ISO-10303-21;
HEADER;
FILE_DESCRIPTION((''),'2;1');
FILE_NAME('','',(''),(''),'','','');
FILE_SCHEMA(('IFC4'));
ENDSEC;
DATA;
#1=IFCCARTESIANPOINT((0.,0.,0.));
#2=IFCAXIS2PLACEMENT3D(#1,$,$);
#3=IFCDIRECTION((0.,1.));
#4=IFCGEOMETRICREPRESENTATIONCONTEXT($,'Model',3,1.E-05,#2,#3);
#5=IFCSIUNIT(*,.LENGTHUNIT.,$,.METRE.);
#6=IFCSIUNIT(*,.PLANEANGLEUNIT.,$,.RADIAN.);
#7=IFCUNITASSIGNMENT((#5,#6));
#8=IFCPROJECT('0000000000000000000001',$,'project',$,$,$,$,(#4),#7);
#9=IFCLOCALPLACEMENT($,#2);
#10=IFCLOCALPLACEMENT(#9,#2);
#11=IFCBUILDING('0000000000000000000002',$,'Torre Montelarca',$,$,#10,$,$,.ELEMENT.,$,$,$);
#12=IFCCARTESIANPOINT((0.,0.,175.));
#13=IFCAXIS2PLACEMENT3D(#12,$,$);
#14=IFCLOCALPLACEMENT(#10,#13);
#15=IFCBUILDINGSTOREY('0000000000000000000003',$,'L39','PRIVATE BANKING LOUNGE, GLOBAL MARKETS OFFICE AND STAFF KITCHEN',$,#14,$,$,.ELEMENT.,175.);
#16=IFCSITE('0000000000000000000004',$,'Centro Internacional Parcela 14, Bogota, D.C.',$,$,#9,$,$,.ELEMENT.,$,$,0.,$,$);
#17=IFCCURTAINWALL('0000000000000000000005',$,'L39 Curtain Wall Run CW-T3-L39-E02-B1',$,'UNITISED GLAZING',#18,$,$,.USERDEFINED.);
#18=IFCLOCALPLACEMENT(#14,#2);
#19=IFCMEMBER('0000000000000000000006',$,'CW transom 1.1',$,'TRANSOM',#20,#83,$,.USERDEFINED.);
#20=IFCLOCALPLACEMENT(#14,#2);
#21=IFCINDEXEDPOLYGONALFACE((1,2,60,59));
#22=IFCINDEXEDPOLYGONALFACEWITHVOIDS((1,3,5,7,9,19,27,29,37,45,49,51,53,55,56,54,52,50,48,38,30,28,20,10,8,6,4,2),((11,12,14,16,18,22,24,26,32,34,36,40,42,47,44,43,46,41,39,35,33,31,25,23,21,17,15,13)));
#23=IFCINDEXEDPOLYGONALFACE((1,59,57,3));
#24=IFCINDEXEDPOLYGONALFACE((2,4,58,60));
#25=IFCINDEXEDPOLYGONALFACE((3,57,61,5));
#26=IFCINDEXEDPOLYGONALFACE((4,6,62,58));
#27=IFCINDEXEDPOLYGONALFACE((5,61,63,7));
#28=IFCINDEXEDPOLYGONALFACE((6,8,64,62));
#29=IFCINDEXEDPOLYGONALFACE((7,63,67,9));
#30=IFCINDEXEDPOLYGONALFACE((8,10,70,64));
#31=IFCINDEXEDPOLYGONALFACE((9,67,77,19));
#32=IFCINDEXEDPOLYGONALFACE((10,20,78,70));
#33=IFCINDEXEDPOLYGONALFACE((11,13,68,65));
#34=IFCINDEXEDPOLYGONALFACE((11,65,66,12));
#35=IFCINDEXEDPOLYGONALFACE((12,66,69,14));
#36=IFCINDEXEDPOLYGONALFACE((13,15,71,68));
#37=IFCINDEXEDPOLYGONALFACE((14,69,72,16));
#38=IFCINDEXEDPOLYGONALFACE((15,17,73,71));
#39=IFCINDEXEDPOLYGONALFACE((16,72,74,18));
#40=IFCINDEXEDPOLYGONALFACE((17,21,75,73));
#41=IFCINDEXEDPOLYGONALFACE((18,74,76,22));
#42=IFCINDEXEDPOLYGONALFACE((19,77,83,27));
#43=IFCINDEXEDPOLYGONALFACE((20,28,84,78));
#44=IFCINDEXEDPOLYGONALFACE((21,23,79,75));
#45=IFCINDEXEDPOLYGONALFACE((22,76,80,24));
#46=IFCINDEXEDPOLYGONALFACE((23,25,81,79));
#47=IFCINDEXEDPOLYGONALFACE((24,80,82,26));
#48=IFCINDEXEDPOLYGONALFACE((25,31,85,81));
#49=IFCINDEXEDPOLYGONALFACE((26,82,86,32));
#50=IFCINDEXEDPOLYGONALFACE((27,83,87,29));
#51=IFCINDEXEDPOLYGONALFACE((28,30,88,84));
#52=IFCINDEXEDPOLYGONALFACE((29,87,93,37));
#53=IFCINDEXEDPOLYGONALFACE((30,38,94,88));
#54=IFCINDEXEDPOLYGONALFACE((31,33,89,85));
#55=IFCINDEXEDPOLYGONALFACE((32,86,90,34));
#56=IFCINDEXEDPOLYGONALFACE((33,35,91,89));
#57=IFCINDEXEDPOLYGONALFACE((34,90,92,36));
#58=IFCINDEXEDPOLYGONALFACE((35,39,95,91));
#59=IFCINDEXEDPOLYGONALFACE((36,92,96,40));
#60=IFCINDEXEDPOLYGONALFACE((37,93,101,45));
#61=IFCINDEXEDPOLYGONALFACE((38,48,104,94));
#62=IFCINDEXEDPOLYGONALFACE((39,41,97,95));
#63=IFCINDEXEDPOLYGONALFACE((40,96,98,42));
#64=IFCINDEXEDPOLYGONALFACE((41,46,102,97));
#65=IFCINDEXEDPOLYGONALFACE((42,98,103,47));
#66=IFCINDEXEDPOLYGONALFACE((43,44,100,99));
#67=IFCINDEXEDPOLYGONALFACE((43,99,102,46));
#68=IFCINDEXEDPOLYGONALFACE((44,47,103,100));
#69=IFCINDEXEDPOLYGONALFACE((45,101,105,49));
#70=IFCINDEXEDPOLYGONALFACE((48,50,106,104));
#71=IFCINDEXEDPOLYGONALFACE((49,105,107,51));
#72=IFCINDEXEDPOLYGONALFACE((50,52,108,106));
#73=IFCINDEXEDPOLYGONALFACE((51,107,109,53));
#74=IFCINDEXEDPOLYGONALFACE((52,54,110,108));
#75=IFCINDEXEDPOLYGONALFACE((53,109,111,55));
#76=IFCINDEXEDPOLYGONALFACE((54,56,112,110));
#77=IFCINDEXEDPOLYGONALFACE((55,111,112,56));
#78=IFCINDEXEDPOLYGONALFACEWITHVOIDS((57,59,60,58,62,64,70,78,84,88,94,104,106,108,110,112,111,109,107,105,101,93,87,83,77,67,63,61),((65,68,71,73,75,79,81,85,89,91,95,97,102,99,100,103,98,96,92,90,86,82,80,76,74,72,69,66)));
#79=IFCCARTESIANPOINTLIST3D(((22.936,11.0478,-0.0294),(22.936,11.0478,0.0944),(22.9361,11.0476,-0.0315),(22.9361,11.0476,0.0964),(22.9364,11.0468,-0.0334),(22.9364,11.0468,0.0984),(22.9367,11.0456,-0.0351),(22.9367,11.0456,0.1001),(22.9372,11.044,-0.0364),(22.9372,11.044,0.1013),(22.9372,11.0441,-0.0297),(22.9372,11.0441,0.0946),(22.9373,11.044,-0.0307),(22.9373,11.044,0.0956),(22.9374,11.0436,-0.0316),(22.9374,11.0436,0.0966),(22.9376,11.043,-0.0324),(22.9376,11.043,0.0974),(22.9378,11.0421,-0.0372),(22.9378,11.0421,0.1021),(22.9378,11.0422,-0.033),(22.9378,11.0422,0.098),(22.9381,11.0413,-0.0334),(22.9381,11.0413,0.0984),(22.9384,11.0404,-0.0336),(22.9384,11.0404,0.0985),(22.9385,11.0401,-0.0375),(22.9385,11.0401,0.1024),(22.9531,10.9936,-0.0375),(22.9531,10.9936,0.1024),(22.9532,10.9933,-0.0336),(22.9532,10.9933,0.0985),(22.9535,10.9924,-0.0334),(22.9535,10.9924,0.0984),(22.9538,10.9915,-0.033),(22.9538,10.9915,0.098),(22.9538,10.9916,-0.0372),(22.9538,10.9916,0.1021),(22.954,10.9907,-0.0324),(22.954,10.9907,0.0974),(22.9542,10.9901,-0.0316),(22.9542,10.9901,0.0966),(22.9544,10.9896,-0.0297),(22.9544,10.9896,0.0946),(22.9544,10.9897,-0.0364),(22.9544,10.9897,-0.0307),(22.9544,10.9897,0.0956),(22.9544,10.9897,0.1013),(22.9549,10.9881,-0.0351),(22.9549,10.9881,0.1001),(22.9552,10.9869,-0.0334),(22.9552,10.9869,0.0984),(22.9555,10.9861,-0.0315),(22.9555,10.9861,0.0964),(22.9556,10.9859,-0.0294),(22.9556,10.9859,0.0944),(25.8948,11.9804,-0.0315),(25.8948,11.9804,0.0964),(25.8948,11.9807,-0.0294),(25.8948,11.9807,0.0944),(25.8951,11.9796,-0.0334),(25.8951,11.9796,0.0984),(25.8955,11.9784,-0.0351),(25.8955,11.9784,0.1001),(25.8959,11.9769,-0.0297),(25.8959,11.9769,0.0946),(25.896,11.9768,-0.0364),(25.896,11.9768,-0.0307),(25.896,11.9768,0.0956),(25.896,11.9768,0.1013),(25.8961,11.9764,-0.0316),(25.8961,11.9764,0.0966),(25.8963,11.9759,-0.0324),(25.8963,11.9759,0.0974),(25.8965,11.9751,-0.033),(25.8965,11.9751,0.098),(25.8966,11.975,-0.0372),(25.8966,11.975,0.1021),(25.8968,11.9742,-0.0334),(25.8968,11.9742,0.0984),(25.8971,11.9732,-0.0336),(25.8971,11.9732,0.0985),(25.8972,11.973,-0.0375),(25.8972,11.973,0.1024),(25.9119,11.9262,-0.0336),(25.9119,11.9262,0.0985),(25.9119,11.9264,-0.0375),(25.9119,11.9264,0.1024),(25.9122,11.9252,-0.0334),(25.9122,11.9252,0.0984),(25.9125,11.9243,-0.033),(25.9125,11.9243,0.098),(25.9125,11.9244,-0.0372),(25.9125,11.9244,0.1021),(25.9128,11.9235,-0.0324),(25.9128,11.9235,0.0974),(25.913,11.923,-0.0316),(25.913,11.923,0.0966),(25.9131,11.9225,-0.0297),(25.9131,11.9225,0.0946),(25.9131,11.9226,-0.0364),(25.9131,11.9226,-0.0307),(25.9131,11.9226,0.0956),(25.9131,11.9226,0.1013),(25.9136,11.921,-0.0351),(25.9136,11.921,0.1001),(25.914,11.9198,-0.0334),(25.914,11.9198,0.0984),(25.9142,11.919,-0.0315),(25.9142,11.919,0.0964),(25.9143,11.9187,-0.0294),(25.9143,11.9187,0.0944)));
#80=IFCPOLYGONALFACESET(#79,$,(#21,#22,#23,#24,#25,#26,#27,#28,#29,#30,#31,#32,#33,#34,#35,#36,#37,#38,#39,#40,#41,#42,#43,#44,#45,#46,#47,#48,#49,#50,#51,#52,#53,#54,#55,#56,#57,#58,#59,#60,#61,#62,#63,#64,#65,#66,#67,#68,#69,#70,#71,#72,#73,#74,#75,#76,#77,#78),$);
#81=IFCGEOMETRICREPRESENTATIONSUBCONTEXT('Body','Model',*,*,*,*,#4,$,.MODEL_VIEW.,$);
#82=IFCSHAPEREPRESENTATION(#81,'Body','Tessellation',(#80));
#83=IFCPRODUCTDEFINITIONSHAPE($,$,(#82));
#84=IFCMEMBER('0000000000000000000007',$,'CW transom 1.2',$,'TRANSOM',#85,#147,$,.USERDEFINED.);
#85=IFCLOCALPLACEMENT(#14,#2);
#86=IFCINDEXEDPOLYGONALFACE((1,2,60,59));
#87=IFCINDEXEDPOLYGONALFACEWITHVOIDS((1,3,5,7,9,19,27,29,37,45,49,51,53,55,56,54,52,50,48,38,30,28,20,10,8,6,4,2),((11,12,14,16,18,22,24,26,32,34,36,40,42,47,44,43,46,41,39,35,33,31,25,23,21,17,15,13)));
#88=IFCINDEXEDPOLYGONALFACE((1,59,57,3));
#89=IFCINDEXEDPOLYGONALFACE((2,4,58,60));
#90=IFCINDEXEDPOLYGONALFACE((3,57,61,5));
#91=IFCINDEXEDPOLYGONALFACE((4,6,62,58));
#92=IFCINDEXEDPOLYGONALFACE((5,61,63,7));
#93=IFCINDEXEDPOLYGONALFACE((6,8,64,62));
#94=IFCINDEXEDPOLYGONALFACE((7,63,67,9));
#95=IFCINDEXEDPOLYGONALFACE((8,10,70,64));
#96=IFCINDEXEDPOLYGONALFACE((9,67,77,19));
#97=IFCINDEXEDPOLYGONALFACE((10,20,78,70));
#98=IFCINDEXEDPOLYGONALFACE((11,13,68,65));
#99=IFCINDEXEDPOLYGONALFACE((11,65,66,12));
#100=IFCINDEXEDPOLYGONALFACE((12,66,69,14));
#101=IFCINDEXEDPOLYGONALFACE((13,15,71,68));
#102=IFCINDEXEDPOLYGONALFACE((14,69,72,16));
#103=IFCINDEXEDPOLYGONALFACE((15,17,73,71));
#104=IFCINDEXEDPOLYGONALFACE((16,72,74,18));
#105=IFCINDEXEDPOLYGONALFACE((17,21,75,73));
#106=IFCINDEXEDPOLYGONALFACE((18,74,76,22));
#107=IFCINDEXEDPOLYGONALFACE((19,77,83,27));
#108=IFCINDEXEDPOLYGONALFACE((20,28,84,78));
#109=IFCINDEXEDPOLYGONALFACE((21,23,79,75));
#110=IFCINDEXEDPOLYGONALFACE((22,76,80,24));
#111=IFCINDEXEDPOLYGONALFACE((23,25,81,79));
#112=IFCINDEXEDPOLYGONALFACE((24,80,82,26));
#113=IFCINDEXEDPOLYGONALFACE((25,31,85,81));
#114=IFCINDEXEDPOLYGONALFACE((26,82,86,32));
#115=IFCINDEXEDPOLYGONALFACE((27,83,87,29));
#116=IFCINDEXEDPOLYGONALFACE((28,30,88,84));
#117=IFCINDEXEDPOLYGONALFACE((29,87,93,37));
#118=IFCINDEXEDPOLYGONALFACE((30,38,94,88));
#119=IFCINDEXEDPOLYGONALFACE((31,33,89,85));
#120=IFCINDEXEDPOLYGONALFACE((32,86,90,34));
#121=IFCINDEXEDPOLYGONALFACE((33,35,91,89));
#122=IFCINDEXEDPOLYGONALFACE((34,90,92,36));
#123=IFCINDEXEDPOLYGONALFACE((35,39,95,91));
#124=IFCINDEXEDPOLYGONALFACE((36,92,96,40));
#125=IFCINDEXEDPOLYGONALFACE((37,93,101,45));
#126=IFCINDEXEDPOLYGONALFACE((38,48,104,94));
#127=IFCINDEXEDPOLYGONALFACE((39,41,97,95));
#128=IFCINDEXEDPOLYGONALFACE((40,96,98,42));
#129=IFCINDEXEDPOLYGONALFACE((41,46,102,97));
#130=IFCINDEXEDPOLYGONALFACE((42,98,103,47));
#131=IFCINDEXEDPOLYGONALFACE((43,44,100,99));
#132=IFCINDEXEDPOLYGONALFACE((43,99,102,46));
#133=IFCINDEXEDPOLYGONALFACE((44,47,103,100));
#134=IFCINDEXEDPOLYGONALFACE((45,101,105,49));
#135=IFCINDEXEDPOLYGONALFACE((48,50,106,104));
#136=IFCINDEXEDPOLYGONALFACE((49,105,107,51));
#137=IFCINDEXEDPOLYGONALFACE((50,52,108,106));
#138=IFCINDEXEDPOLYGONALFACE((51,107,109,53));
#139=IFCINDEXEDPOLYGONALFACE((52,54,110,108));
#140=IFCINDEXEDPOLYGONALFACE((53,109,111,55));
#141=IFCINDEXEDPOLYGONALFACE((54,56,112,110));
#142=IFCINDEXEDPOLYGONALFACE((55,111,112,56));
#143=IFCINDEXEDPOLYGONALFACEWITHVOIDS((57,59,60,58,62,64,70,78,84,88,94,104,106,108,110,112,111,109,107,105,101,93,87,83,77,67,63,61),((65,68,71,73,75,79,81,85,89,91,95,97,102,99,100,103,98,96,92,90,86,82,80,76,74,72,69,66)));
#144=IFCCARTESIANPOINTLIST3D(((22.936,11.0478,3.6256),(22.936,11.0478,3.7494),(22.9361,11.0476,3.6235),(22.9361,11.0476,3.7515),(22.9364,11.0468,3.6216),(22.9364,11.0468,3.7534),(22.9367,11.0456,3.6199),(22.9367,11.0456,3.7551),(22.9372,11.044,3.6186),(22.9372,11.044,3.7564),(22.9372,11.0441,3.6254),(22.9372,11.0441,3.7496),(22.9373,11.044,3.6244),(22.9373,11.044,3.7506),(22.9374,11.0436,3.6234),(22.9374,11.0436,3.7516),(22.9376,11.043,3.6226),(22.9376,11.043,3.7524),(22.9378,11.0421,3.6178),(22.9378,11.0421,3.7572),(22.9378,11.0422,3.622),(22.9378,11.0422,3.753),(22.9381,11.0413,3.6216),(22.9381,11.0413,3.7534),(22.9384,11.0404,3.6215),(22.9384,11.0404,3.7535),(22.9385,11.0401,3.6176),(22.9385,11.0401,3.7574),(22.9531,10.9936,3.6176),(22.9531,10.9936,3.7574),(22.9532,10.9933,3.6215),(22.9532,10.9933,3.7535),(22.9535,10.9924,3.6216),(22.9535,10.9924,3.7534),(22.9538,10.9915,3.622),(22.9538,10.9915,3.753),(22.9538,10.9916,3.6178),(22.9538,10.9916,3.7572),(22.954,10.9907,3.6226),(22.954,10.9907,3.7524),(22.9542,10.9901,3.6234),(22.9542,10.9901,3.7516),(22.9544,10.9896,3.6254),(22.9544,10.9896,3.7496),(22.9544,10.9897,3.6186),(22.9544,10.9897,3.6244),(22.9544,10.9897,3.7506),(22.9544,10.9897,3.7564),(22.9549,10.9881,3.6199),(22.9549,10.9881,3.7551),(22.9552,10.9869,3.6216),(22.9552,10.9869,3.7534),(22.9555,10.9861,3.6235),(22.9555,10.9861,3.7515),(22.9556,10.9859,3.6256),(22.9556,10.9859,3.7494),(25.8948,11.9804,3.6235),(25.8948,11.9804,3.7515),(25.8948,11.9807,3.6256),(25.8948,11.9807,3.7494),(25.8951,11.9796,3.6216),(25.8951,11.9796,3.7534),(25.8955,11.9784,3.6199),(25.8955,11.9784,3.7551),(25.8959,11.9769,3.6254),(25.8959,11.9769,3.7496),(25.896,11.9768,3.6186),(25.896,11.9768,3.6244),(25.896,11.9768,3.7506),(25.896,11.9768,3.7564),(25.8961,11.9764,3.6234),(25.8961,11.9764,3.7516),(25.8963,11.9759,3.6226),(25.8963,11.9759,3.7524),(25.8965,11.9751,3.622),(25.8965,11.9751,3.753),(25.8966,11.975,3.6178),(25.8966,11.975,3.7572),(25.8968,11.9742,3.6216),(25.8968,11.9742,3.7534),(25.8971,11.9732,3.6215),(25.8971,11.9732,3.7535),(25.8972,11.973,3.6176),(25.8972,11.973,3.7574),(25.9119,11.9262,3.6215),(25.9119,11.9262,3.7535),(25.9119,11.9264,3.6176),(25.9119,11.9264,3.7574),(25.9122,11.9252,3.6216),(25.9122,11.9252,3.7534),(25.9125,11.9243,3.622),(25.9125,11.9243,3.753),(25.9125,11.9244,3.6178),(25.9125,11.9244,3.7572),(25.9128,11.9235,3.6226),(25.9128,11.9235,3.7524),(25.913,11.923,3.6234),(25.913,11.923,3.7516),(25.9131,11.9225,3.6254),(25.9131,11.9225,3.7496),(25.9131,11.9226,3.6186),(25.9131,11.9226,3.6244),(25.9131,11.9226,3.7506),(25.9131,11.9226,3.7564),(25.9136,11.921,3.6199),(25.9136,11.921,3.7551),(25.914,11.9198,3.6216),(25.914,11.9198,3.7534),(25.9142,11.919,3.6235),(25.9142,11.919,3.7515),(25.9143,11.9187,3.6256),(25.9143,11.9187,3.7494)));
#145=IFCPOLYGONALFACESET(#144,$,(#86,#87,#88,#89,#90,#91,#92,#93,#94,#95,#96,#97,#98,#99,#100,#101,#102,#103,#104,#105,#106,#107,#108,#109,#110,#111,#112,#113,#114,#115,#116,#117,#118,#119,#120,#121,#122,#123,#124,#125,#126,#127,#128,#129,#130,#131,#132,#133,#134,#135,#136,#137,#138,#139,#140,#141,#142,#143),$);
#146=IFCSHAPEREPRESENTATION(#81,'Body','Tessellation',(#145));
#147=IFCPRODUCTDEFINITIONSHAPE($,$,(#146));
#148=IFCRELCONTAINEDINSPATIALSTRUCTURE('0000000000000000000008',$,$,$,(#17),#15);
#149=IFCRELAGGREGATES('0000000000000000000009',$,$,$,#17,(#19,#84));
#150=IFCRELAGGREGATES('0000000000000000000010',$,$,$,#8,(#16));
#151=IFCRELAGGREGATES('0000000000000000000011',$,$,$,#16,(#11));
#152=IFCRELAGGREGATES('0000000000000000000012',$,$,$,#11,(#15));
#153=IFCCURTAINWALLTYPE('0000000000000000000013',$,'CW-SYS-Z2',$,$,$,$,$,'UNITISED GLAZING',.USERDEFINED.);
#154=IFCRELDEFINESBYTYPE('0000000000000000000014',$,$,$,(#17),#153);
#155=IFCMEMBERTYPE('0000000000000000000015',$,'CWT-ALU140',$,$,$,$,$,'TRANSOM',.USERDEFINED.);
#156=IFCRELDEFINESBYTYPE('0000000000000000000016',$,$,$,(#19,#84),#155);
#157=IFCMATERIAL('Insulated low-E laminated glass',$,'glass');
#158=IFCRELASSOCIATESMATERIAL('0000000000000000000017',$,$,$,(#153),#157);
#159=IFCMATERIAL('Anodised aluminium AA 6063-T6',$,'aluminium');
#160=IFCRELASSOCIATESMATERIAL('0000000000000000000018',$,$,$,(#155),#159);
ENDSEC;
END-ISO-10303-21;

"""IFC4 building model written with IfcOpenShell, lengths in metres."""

from ifc_helpers import new_model, si_unit, direction, frame, origin, origin_2d, place, context, subcontext, project, spatial, hollow_rectangle, extrude, source, transform, mapped, material, material_profile, profile_set, type_object, element, aggregate, save


model = new_model("IFC4")

# Units and contexts
model_context = context("Model", 3, precision=1e-05, world=origin(), true_north=direction((0.0, 1.0)))
body_context = subcontext(model_context, "Body", "Model", "MODEL_VIEW")
ifc_project = project(units=[si_unit("LENGTHUNIT", "METRE"), si_unit("PLANEANGLEUNIT", "RADIAN")], contexts=[model_context])

# Site, building, storey
site_placement = place(None, origin())
site = spatial("IfcSite", under=ifc_project, at=site_placement, Name="Centro Internacional Parcela 14, Bogota, D.C.", CompositionType="ELEMENT", RefElevation=0.0)
building_placement = place(site_placement, origin())
building = spatial("IfcBuilding", under=site, at=building_placement, Name="Torre Montelarca", CompositionType="ELEMENT")
storey_placement = place(building_placement, frame((0.0, 0.0, 175.0)))
storey = spatial("IfcBuildingStorey", under=building, at=storey_placement, Name="L39", Description="PRIVATE BANKING LOUNGE, GLOBAL MARKETS OFFICE AND STAFF KITCHEN", CompositionType="ELEMENT", Elevation=175.0)

# Curtain wall, members
ifc_material_1 = material(Name="Insulated low-E laminated glass", Category="glass")
curtain_wall_type = type_object("IfcCurtainWallType", Name="CW-SYS-Z2", ElementType="UNITISED GLAZING", PredefinedType="USERDEFINED", material=ifc_material_1)
curtain_wall_1_placement = place(storey_placement, origin())
curtain_wall_1 = element("IfcCurtainWall", 1, at=curtain_wall_1_placement, inside=storey, type_object=curtain_wall_type, Name="L39 Curtain Wall Run CW-T3-L39-E02-B1", ObjectType="UNITISED GLAZING", PredefinedType="USERDEFINED")
ifc_material_2 = material(Name="Anodised aluminium AA 6063-T6", Category="aluminium")
ifc_material_profile_1 = material_profile(ifc_material_2, hollow_rectangle(XDim=0.0649, YDim=0.1399, WallThickness=0.0039, InnerFilletRadius=0.0039, OuterFilletRadius=0.0081, at=origin_2d()), Name="ALU65X140X4", Category="aluminium")
ifc_profile_set_1 = profile_set([ifc_material_profile_1], Name="Anodised aluminium AA 6063-T6")
member_type_1 = type_object("IfcMemberType", Name="CWT-ALU140", ElementType="TRANSOM", PredefinedType="USERDEFINED", material=ifc_profile_set_1)
shared_shape_1 = source(origin(), body_context, "Body", "SweptSolid", [
    extrude(hollow_rectangle(XDim=0.0649, YDim=0.1399, WallThickness=0.0039, InnerFilletRadius=0.0039, OuterFilletRadius=0.0081, at=origin_2d()), origin(), (0.0, 0.0, 1.0), 3.1023),
])
member_1_placement = place(storey_placement, frame((22.9458, 11.0168, 0.0325), z_axis=(0.953719, 0.300698, 0.0), x_axis=(-0.300698, 0.953719, 0.0)))
member_1 = element("IfcMember", 2, at=member_1_placement, type_object=member_type_1, Name="CW transom 1.1", ObjectType="TRANSOM", PredefinedType="USERDEFINED", context=body_context, shape_type="MappedRepresentation", body=[
    mapped(shared_shape_1, transform((0.0, 0.0, 0.0), scale=1.0)),
])
member_2_placement = place(storey_placement, frame((22.9458, 11.0168, 3.6875), z_axis=(0.953719, 0.300698, 0.0), x_axis=(-0.300698, 0.953719, 0.0)))
member_2 = element("IfcMember", 3, at=member_2_placement, type_object=member_type_1, Name="CW transom 1.2", ObjectType="TRANSOM", PredefinedType="USERDEFINED", context=body_context, shape_type="MappedRepresentation", body=[
    mapped(shared_shape_1, transform((0.0, 0.0, 0.0), scale=1.0)),
])

aggregate(curtain_wall_1, [member_1, member_2])

save(model, "model.ifc")
